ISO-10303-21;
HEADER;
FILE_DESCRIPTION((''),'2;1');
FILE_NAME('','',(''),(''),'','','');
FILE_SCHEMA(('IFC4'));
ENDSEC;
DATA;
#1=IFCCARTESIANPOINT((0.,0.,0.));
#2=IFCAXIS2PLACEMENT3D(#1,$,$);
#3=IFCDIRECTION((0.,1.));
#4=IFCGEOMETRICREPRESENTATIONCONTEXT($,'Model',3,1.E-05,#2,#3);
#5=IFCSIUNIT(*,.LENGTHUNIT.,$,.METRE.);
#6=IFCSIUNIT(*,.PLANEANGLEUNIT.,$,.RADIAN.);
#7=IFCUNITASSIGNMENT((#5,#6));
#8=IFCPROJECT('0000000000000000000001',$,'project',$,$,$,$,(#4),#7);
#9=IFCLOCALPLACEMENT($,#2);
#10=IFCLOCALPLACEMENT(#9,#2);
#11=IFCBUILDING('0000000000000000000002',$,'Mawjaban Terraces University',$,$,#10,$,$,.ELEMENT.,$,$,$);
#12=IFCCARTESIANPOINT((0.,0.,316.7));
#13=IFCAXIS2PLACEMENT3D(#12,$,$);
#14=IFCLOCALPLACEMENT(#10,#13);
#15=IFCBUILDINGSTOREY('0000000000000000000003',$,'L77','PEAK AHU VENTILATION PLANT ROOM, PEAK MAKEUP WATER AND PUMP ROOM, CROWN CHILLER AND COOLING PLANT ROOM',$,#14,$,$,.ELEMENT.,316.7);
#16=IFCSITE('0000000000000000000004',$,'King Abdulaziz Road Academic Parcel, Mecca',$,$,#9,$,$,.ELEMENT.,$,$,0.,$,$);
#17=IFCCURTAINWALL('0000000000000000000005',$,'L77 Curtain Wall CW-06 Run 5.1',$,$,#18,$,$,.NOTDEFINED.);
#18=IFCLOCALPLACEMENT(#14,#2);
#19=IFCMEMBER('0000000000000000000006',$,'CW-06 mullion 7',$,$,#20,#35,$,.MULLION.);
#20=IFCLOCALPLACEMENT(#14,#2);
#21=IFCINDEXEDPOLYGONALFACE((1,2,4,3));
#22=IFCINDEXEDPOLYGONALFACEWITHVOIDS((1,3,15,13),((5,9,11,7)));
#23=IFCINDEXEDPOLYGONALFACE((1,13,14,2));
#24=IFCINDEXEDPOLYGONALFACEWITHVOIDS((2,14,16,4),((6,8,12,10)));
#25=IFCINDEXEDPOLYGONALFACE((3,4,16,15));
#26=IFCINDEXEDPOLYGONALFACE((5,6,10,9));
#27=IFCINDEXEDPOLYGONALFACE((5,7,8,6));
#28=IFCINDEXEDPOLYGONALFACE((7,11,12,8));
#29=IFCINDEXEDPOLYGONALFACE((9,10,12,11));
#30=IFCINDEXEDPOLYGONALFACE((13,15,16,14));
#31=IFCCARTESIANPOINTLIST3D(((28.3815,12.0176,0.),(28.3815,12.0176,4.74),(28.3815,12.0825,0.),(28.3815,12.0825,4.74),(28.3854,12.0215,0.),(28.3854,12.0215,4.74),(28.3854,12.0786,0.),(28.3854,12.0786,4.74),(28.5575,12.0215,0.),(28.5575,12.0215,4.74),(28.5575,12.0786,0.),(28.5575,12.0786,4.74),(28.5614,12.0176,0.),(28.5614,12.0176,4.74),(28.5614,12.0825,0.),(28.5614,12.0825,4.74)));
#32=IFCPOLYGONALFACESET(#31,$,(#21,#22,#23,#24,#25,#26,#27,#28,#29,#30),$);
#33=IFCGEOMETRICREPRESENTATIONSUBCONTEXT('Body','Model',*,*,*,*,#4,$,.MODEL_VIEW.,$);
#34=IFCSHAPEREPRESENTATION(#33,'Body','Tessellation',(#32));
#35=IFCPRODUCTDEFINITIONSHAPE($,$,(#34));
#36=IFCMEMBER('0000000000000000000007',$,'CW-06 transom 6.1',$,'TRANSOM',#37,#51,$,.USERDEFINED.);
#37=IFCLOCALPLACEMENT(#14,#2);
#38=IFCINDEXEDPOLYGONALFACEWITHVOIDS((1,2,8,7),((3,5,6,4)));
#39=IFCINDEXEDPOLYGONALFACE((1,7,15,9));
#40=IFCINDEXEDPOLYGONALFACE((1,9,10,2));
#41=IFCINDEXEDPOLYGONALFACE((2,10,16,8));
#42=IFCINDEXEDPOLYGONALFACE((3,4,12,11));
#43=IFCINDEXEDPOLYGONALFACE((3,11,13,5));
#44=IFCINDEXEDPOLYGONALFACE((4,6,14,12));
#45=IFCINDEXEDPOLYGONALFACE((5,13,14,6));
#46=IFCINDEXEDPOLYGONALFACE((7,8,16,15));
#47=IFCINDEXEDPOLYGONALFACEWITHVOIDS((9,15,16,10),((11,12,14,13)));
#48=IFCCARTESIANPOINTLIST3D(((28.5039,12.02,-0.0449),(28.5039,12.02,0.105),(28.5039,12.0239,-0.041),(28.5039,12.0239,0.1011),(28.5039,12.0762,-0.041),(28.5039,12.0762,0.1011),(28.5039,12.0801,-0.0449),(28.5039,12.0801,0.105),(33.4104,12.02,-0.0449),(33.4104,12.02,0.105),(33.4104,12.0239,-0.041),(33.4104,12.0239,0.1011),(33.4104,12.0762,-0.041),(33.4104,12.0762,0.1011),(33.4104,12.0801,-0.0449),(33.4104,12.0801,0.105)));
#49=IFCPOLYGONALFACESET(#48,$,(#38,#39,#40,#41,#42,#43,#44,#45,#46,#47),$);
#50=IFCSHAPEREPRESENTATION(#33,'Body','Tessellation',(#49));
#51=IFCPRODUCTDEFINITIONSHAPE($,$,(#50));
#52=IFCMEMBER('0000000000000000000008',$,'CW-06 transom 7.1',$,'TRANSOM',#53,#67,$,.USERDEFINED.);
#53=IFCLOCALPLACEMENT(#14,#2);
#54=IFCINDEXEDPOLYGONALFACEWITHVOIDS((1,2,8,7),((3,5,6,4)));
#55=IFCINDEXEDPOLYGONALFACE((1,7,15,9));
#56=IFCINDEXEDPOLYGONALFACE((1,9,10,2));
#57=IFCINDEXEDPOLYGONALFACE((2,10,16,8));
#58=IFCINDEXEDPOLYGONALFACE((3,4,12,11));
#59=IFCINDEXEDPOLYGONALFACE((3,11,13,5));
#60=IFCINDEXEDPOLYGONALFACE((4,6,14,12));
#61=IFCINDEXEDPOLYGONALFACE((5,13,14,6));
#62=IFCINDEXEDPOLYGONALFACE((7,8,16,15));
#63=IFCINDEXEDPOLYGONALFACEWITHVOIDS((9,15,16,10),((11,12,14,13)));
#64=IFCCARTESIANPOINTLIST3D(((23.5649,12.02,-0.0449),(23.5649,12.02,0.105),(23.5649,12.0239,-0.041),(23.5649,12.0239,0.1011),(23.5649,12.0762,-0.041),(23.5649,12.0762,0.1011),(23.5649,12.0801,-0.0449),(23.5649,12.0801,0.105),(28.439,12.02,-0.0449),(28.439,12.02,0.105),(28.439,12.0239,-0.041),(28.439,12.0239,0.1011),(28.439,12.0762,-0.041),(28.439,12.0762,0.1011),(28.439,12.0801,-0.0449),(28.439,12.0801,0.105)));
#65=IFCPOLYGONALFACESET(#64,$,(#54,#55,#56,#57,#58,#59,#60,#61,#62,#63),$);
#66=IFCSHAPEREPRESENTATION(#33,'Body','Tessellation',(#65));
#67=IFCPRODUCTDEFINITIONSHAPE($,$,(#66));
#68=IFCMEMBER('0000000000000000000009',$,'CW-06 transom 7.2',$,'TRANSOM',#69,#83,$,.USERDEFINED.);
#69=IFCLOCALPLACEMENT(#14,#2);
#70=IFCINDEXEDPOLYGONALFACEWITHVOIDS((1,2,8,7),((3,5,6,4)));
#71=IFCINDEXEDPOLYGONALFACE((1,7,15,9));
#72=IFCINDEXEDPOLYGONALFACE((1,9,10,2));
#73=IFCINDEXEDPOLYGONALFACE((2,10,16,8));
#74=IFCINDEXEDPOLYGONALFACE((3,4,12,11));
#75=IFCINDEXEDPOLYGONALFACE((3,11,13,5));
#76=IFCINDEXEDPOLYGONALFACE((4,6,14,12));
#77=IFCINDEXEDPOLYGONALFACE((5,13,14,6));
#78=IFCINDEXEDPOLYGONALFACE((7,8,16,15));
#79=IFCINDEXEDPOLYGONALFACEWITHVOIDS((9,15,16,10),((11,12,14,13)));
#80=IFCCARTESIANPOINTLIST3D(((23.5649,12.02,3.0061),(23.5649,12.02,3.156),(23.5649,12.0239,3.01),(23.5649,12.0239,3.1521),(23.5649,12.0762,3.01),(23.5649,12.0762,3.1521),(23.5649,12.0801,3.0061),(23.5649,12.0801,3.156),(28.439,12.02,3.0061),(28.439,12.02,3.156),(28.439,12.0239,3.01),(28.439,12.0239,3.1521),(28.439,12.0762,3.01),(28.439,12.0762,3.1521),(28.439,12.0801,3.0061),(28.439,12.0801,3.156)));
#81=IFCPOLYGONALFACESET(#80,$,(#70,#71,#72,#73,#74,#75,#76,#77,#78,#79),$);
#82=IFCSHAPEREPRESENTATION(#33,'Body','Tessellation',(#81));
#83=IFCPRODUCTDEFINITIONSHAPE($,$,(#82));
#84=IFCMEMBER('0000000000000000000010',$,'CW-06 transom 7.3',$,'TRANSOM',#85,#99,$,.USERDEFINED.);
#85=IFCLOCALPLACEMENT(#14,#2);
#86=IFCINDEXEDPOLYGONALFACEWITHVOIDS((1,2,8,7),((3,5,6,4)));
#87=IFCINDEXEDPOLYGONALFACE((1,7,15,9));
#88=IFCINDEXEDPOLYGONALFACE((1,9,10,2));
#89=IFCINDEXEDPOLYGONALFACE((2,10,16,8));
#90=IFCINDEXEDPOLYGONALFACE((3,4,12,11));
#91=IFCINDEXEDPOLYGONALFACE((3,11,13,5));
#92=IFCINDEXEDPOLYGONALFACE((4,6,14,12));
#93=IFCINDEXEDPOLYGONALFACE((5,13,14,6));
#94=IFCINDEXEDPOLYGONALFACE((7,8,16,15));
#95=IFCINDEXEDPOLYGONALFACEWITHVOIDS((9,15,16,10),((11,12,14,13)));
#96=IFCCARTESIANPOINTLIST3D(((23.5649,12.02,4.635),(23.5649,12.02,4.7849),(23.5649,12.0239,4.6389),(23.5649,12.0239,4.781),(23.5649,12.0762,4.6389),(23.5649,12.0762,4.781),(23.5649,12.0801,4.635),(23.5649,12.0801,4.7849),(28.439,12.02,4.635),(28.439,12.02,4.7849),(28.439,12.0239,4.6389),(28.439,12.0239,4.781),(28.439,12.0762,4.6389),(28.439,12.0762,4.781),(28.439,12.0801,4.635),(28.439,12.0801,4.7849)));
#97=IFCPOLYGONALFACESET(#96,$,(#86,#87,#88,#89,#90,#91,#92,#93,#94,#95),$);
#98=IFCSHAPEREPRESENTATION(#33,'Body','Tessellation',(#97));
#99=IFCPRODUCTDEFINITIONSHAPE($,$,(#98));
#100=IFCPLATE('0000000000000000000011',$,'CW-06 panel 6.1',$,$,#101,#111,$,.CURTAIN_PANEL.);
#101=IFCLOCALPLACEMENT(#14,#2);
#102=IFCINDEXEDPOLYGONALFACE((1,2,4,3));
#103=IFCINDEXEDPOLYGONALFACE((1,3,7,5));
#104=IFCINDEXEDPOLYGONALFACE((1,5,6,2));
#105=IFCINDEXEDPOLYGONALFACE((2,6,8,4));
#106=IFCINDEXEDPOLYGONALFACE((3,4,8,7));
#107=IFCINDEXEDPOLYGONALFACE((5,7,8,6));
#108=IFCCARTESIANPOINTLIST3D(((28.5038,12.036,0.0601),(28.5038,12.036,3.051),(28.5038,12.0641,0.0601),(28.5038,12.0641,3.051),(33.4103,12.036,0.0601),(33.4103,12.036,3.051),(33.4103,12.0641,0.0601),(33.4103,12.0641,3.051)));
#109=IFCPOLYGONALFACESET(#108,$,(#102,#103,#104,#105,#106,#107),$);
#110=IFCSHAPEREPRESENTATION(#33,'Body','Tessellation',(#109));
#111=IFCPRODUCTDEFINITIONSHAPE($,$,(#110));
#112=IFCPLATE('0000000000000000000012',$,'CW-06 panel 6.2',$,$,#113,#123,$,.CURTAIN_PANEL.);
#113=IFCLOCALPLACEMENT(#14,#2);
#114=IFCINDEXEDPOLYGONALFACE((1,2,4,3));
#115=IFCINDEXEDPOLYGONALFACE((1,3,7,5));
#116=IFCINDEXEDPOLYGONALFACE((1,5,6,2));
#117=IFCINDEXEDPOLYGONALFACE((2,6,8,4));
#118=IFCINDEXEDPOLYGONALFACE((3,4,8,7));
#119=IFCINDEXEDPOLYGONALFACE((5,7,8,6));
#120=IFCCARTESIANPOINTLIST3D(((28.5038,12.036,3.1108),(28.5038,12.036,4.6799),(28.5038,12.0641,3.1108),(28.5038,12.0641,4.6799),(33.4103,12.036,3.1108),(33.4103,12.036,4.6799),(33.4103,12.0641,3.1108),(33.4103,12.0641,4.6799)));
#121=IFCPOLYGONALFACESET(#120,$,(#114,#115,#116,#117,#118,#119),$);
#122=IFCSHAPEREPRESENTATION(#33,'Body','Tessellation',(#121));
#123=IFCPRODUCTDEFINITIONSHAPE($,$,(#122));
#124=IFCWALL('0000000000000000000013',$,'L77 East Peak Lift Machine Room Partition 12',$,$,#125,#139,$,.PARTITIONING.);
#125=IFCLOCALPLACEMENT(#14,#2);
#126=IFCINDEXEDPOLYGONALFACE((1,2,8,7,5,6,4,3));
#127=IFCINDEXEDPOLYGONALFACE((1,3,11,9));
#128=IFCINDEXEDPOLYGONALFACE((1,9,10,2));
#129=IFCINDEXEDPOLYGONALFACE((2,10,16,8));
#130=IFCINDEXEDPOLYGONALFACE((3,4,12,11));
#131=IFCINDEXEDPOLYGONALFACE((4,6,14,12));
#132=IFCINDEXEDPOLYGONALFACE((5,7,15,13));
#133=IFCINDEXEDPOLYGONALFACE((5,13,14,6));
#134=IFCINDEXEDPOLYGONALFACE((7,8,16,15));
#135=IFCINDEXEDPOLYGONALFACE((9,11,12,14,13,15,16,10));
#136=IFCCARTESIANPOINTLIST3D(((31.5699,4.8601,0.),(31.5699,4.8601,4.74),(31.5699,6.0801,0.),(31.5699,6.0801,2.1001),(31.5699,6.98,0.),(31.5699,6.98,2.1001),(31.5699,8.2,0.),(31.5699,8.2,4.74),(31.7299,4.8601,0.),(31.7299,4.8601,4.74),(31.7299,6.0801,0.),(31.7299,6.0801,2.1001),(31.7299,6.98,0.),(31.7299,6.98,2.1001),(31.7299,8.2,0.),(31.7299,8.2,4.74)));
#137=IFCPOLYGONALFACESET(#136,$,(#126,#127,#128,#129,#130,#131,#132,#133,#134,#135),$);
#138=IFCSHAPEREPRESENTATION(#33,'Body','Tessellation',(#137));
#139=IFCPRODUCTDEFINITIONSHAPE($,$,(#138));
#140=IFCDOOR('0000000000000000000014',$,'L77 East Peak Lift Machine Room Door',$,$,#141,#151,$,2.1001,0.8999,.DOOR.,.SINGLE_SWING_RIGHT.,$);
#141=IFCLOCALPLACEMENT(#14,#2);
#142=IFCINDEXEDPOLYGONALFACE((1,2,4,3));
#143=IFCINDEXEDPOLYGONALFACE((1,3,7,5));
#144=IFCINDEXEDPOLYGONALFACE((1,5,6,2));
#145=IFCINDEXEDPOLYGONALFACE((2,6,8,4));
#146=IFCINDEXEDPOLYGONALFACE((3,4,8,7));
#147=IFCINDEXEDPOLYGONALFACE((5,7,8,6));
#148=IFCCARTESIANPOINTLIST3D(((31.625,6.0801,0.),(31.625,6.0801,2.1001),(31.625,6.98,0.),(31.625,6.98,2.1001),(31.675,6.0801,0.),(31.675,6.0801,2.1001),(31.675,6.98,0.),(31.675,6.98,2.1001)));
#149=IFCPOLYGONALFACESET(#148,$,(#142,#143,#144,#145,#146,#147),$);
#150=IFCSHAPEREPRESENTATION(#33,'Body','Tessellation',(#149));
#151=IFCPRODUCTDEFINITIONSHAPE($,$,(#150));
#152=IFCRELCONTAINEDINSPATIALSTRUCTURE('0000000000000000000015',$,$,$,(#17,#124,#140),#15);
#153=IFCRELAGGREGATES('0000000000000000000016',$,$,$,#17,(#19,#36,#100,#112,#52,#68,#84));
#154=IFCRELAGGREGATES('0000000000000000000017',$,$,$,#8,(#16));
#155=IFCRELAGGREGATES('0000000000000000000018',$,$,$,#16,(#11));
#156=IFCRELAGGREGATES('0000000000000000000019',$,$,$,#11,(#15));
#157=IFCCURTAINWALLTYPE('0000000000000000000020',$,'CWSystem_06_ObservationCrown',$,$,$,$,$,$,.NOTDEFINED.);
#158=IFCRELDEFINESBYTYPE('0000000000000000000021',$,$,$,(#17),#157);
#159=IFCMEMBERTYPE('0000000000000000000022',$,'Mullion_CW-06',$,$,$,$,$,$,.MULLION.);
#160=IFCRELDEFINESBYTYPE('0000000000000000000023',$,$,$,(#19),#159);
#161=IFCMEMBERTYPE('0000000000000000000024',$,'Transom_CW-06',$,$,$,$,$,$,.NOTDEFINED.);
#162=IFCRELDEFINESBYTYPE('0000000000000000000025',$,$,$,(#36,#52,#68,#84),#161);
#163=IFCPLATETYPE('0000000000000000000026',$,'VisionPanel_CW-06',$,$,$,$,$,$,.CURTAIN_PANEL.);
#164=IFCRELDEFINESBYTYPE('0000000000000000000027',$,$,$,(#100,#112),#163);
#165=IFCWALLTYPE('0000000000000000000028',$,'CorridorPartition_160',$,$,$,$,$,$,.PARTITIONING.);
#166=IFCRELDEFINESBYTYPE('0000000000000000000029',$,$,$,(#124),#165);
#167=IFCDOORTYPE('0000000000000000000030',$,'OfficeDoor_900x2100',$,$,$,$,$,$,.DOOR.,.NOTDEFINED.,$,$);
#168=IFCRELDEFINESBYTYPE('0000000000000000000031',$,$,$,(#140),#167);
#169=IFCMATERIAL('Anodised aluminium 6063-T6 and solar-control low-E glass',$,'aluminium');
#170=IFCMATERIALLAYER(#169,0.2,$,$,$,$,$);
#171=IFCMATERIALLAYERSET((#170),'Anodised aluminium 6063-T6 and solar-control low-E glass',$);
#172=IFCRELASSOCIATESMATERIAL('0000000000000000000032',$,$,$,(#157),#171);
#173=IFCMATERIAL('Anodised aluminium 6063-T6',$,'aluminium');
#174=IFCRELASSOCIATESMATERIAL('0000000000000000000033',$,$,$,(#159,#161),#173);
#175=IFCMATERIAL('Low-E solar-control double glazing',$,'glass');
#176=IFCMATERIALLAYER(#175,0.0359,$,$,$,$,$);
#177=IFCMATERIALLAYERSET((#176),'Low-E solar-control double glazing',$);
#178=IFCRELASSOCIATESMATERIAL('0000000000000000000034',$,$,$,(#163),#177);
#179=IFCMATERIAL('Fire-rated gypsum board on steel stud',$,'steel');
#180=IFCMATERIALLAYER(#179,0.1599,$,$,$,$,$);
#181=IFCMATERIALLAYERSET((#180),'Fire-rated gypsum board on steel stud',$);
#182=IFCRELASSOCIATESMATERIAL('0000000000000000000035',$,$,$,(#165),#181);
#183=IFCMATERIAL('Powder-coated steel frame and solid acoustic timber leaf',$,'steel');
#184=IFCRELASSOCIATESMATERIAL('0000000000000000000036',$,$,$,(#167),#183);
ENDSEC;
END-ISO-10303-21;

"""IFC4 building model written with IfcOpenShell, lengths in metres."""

from ifc_helpers import new_model, si_unit, direction, frame, frame_2d, origin, origin_2d, place, context, subcontext, project, spatial, rectangle, hollow_rectangle, extrude, material, layer, layer_set, material_profile, profile_set, type_object, element, fill, aggregate, save


model = new_model("IFC4")

# Units and contexts
model_context = context("Model", 3, precision=1e-05, world=origin(), true_north=direction((0.0, 1.0)))
body_context = subcontext(model_context, "Body", "Model", "MODEL_VIEW")
ifc_project = project(units=[si_unit("LENGTHUNIT", "METRE"), si_unit("PLANEANGLEUNIT", "RADIAN")], contexts=[model_context])

# Site, building, storey
site_placement = place(None, origin())
site = spatial("IfcSite", under=ifc_project, at=site_placement, Name="King Abdulaziz Road Academic Parcel, Mecca", CompositionType="ELEMENT", RefElevation=0.0)
building_placement = place(site_placement, origin())
building = spatial("IfcBuilding", under=site, at=building_placement, Name="Mawjaban Terraces University", CompositionType="ELEMENT")
storey_placement = place(building_placement, frame((0.0, 0.0, 316.7)))
storey = spatial("IfcBuildingStorey", under=building, at=storey_placement, Name="L77", Description="PEAK AHU VENTILATION PLANT ROOM, PEAK MAKEUP WATER AND PUMP ROOM, CROWN CHILLER AND COOLING PLANT ROOM", CompositionType="ELEMENT", Elevation=316.7)

# Curtain wall, members, plates
ifc_material_1 = material(Name="Anodised aluminium 6063-T6 and solar-control low-E glass", Category="aluminium")
ifc_layer_1 = layer(ifc_material_1, 0.2)
ifc_layer_set_1 = layer_set([ifc_layer_1], Name="Anodised aluminium 6063-T6 and solar-control low-E glass")
curtain_wall_type = type_object("IfcCurtainWallType", Name="CWSystem_06_ObservationCrown", PredefinedType="NOTDEFINED", material=ifc_layer_set_1)
curtain_wall_placement = place(storey_placement, origin())
curtain_wall = element("IfcCurtainWall", 1, at=curtain_wall_placement, inside=storey, type_object=curtain_wall_type, Name="L77 Curtain Wall CW-06 Run 5.1", PredefinedType="NOTDEFINED")
ifc_material_2 = material(Name="Anodised aluminium 6063-T6", Category="aluminium")
ifc_material_profile_1 = material_profile(ifc_material_2, hollow_rectangle(XDim=0.0649, YDim=0.1799, WallThickness=0.0039, at=origin_2d()), Name="ALU180X65X4")
ifc_profile_set_1 = profile_set([ifc_material_profile_1], Name="Anodised aluminium 6063-T6")
member_type_1 = type_object("IfcMemberType", Name="Mullion_CW-06", PredefinedType="MULLION", material=ifc_profile_set_1)
member_1_placement = place(storey_placement, frame((28.4714, 12.05, 0.0), z_axis=(0.0, 0.0, 1.0), x_axis=(0.0, -1.0, 0.0)))
member_1 = element("IfcMember", 2, at=member_1_placement, type_object=member_type_1, Name="CW-06 mullion 7", PredefinedType="MULLION", context=body_context, shape_type="SweptSolid", body=[
    extrude(hollow_rectangle(XDim=0.0649, YDim=0.1799, WallThickness=0.0039, at=origin_2d()), origin(), (0.0, 0.0, 1.0), 4.74),
])
ifc_material_profile_2 = material_profile(ifc_material_2, hollow_rectangle(XDim=0.0601, YDim=0.1499, WallThickness=0.0039, at=origin_2d()), Name="ALU150X60X4")
ifc_profile_set_2 = profile_set([ifc_material_profile_2], Name="Anodised aluminium 6063-T6")
member_type_2 = type_object("IfcMemberType", Name="Transom_CW-06", PredefinedType="NOTDEFINED", material=ifc_profile_set_2)
member_2_placement = place(storey_placement, frame((33.4104, 12.05, 0.03), z_axis=(-1.0, 0.0, 0.0), x_axis=(0.0, -1.0, 0.0)))
member_2 = element("IfcMember", 3, at=member_2_placement, type_object=member_type_2, Name="CW-06 transom 6.1", ObjectType="TRANSOM", PredefinedType="USERDEFINED", context=body_context, shape_type="SweptSolid", body=[
    extrude(hollow_rectangle(XDim=0.0601, YDim=0.1499, WallThickness=0.0039, at=origin_2d()), origin(), (0.0, 0.0, 1.0), 4.9065),
])
member_3_placement = place(storey_placement, frame((28.439, 12.05, 0.03), z_axis=(-1.0, 0.0, 0.0), x_axis=(0.0, -1.0, 0.0)))
member_3 = element("IfcMember", 4, at=member_3_placement, type_object=member_type_2, Name="CW-06 transom 7.1", ObjectType="TRANSOM", PredefinedType="USERDEFINED", context=body_context, shape_type="SweptSolid", body=[
    extrude(hollow_rectangle(XDim=0.0601, YDim=0.1499, WallThickness=0.0039, at=origin_2d()), origin(), (0.0, 0.0, 1.0), 4.874),
])
member_4_placement = place(storey_placement, frame((28.439, 12.05, 3.0811), z_axis=(-1.0, 0.0, 0.0), x_axis=(0.0, -1.0, 0.0)))
member_4 = element("IfcMember", 5, at=member_4_placement, type_object=member_type_2, Name="CW-06 transom 7.2", ObjectType="TRANSOM", PredefinedType="USERDEFINED", context=body_context, shape_type="SweptSolid", body=[
    extrude(hollow_rectangle(XDim=0.0601, YDim=0.1499, WallThickness=0.0039, at=origin_2d()), origin(), (0.0, 0.0, 1.0), 4.874),
])
member_5_placement = place(storey_placement, frame((28.439, 12.05, 4.71), z_axis=(-1.0, 0.0, 0.0), x_axis=(0.0, -1.0, 0.0)))
member_5 = element("IfcMember", 6, at=member_5_placement, type_object=member_type_2, Name="CW-06 transom 7.3", ObjectType="TRANSOM", PredefinedType="USERDEFINED", context=body_context, shape_type="SweptSolid", body=[
    extrude(hollow_rectangle(XDim=0.0601, YDim=0.1499, WallThickness=0.0039, at=origin_2d()), origin(), (0.0, 0.0, 1.0), 4.874),
])
ifc_material_3 = material(Name="Low-E solar-control double glazing", Category="glass")
ifc_layer_2 = layer(ifc_material_3, 0.0359)
ifc_layer_set_2 = layer_set([ifc_layer_2], Name="Low-E solar-control double glazing")
plate_type = type_object("IfcPlateType", Name="VisionPanel_CW-06", PredefinedType="CURTAIN_PANEL", material=ifc_layer_set_2)
plate_1_placement = place(storey_placement, frame((30.957, 12.05, 0.0601), z_axis=(0.0, 0.0, 1.0), x_axis=(-1.0, 0.0, 0.0)))
plate_1 = element("IfcPlate", 7, at=plate_1_placement, type_object=plate_type, Name="CW-06 panel 6.1", PredefinedType="CURTAIN_PANEL", context=body_context, shape_type="SweptSolid", body=[
    extrude(rectangle(XDim=4.9065, YDim=0.0281, at=origin_2d()), origin(), (0.0, 0.0, 1.0), 2.991),
])
plate_2_placement = place(storey_placement, frame((30.957, 12.05, 3.1108), z_axis=(0.0, 0.0, 1.0), x_axis=(-1.0, 0.0, 0.0)))
plate_2 = element("IfcPlate", 8, at=plate_2_placement, type_object=plate_type, Name="CW-06 panel 6.2", PredefinedType="CURTAIN_PANEL", context=body_context, shape_type="SweptSolid", body=[
    extrude(rectangle(XDim=4.9065, YDim=0.0281, at=origin_2d()), origin(), (0.0, 0.0, 1.0), 1.5691),
])
aggregate(curtain_wall, [member_1, member_2, plate_1, plate_2, member_3, member_4, member_5])

# Wall, opening, door
ifc_material_4 = material(Name="Fire-rated gypsum board on steel stud", Category="steel")
ifc_layer_3 = layer(ifc_material_4, 0.1599)
ifc_layer_set_3 = layer_set([ifc_layer_3], Name="Fire-rated gypsum board on steel stud")
wall_type_1 = type_object("IfcWallType", Name="CorridorPartition_160", PredefinedType="PARTITIONING", material=ifc_layer_set_3)
wall_1_placement = place(storey_placement, frame((31.6499, 4.8601, 0.0), z_axis=(0.0, 0.0, 1.0), x_axis=(0.0, 1.0, 0.0)))
wall_1 = element("IfcWall", 9, at=wall_1_placement, inside=storey, type_object=wall_type_1, Name="L77 East Peak Lift Machine Room Partition 12", PredefinedType="PARTITIONING", context=body_context, shape_type="SweptSolid", body=[
    extrude(rectangle(XDim=3.3398, YDim=0.1599, at=frame_2d((1.6699, 0.0))), origin(), (0.0, 0.0, 1.0), 4.74),
])
opening_1_placement = place(wall_1_placement, frame((1.22, 0.0, 0.0)))
opening_1 = element("IfcOpeningElement", 10, at=opening_1_placement, cuts=wall_1, PredefinedType="OPENING", context=body_context, shape_type="SweptSolid", body=[
    extrude(rectangle(XDim=0.8999, YDim=2.1001, at=frame_2d((0.45, 1.05))), frame((0.0, 0.0898, 0.0), z_axis=(0.0, -1.0, 0.0), x_axis=(1.0, 0.0, 0.0)), (0.0, 0.0, 1.0), 0.1799),
])
ifc_material_5 = material(Name="Powder-coated steel frame and solid acoustic timber leaf", Category="steel")
door_type_1 = type_object("IfcDoorType", Name="OfficeDoor_900x2100", OperationType="NOTDEFINED", PredefinedType="DOOR", material=ifc_material_5)
door_1_placement = place(opening_1_placement, origin())
door_1 = element("IfcDoor", 11, at=door_1_placement, inside=storey, type_object=door_type_1, Name="L77 East Peak Lift Machine Room Door", OperationType="SINGLE_SWING_RIGHT", OverallHeight=2.1001, OverallWidth=0.8999, PredefinedType="DOOR", context=body_context, shape_type="SweptSolid", body=[
    extrude(rectangle(XDim=0.8999, YDim=2.1001, at=frame_2d((0.45, 1.05))), frame((0.0, 0.0249, 0.0), z_axis=(0.0, -1.0, 0.0), x_axis=(1.0, 0.0, 0.0)), (0.0, 0.0, 1.0), 0.05),
])
fill(opening_1, door_1)

save(model, "model.ifc")
